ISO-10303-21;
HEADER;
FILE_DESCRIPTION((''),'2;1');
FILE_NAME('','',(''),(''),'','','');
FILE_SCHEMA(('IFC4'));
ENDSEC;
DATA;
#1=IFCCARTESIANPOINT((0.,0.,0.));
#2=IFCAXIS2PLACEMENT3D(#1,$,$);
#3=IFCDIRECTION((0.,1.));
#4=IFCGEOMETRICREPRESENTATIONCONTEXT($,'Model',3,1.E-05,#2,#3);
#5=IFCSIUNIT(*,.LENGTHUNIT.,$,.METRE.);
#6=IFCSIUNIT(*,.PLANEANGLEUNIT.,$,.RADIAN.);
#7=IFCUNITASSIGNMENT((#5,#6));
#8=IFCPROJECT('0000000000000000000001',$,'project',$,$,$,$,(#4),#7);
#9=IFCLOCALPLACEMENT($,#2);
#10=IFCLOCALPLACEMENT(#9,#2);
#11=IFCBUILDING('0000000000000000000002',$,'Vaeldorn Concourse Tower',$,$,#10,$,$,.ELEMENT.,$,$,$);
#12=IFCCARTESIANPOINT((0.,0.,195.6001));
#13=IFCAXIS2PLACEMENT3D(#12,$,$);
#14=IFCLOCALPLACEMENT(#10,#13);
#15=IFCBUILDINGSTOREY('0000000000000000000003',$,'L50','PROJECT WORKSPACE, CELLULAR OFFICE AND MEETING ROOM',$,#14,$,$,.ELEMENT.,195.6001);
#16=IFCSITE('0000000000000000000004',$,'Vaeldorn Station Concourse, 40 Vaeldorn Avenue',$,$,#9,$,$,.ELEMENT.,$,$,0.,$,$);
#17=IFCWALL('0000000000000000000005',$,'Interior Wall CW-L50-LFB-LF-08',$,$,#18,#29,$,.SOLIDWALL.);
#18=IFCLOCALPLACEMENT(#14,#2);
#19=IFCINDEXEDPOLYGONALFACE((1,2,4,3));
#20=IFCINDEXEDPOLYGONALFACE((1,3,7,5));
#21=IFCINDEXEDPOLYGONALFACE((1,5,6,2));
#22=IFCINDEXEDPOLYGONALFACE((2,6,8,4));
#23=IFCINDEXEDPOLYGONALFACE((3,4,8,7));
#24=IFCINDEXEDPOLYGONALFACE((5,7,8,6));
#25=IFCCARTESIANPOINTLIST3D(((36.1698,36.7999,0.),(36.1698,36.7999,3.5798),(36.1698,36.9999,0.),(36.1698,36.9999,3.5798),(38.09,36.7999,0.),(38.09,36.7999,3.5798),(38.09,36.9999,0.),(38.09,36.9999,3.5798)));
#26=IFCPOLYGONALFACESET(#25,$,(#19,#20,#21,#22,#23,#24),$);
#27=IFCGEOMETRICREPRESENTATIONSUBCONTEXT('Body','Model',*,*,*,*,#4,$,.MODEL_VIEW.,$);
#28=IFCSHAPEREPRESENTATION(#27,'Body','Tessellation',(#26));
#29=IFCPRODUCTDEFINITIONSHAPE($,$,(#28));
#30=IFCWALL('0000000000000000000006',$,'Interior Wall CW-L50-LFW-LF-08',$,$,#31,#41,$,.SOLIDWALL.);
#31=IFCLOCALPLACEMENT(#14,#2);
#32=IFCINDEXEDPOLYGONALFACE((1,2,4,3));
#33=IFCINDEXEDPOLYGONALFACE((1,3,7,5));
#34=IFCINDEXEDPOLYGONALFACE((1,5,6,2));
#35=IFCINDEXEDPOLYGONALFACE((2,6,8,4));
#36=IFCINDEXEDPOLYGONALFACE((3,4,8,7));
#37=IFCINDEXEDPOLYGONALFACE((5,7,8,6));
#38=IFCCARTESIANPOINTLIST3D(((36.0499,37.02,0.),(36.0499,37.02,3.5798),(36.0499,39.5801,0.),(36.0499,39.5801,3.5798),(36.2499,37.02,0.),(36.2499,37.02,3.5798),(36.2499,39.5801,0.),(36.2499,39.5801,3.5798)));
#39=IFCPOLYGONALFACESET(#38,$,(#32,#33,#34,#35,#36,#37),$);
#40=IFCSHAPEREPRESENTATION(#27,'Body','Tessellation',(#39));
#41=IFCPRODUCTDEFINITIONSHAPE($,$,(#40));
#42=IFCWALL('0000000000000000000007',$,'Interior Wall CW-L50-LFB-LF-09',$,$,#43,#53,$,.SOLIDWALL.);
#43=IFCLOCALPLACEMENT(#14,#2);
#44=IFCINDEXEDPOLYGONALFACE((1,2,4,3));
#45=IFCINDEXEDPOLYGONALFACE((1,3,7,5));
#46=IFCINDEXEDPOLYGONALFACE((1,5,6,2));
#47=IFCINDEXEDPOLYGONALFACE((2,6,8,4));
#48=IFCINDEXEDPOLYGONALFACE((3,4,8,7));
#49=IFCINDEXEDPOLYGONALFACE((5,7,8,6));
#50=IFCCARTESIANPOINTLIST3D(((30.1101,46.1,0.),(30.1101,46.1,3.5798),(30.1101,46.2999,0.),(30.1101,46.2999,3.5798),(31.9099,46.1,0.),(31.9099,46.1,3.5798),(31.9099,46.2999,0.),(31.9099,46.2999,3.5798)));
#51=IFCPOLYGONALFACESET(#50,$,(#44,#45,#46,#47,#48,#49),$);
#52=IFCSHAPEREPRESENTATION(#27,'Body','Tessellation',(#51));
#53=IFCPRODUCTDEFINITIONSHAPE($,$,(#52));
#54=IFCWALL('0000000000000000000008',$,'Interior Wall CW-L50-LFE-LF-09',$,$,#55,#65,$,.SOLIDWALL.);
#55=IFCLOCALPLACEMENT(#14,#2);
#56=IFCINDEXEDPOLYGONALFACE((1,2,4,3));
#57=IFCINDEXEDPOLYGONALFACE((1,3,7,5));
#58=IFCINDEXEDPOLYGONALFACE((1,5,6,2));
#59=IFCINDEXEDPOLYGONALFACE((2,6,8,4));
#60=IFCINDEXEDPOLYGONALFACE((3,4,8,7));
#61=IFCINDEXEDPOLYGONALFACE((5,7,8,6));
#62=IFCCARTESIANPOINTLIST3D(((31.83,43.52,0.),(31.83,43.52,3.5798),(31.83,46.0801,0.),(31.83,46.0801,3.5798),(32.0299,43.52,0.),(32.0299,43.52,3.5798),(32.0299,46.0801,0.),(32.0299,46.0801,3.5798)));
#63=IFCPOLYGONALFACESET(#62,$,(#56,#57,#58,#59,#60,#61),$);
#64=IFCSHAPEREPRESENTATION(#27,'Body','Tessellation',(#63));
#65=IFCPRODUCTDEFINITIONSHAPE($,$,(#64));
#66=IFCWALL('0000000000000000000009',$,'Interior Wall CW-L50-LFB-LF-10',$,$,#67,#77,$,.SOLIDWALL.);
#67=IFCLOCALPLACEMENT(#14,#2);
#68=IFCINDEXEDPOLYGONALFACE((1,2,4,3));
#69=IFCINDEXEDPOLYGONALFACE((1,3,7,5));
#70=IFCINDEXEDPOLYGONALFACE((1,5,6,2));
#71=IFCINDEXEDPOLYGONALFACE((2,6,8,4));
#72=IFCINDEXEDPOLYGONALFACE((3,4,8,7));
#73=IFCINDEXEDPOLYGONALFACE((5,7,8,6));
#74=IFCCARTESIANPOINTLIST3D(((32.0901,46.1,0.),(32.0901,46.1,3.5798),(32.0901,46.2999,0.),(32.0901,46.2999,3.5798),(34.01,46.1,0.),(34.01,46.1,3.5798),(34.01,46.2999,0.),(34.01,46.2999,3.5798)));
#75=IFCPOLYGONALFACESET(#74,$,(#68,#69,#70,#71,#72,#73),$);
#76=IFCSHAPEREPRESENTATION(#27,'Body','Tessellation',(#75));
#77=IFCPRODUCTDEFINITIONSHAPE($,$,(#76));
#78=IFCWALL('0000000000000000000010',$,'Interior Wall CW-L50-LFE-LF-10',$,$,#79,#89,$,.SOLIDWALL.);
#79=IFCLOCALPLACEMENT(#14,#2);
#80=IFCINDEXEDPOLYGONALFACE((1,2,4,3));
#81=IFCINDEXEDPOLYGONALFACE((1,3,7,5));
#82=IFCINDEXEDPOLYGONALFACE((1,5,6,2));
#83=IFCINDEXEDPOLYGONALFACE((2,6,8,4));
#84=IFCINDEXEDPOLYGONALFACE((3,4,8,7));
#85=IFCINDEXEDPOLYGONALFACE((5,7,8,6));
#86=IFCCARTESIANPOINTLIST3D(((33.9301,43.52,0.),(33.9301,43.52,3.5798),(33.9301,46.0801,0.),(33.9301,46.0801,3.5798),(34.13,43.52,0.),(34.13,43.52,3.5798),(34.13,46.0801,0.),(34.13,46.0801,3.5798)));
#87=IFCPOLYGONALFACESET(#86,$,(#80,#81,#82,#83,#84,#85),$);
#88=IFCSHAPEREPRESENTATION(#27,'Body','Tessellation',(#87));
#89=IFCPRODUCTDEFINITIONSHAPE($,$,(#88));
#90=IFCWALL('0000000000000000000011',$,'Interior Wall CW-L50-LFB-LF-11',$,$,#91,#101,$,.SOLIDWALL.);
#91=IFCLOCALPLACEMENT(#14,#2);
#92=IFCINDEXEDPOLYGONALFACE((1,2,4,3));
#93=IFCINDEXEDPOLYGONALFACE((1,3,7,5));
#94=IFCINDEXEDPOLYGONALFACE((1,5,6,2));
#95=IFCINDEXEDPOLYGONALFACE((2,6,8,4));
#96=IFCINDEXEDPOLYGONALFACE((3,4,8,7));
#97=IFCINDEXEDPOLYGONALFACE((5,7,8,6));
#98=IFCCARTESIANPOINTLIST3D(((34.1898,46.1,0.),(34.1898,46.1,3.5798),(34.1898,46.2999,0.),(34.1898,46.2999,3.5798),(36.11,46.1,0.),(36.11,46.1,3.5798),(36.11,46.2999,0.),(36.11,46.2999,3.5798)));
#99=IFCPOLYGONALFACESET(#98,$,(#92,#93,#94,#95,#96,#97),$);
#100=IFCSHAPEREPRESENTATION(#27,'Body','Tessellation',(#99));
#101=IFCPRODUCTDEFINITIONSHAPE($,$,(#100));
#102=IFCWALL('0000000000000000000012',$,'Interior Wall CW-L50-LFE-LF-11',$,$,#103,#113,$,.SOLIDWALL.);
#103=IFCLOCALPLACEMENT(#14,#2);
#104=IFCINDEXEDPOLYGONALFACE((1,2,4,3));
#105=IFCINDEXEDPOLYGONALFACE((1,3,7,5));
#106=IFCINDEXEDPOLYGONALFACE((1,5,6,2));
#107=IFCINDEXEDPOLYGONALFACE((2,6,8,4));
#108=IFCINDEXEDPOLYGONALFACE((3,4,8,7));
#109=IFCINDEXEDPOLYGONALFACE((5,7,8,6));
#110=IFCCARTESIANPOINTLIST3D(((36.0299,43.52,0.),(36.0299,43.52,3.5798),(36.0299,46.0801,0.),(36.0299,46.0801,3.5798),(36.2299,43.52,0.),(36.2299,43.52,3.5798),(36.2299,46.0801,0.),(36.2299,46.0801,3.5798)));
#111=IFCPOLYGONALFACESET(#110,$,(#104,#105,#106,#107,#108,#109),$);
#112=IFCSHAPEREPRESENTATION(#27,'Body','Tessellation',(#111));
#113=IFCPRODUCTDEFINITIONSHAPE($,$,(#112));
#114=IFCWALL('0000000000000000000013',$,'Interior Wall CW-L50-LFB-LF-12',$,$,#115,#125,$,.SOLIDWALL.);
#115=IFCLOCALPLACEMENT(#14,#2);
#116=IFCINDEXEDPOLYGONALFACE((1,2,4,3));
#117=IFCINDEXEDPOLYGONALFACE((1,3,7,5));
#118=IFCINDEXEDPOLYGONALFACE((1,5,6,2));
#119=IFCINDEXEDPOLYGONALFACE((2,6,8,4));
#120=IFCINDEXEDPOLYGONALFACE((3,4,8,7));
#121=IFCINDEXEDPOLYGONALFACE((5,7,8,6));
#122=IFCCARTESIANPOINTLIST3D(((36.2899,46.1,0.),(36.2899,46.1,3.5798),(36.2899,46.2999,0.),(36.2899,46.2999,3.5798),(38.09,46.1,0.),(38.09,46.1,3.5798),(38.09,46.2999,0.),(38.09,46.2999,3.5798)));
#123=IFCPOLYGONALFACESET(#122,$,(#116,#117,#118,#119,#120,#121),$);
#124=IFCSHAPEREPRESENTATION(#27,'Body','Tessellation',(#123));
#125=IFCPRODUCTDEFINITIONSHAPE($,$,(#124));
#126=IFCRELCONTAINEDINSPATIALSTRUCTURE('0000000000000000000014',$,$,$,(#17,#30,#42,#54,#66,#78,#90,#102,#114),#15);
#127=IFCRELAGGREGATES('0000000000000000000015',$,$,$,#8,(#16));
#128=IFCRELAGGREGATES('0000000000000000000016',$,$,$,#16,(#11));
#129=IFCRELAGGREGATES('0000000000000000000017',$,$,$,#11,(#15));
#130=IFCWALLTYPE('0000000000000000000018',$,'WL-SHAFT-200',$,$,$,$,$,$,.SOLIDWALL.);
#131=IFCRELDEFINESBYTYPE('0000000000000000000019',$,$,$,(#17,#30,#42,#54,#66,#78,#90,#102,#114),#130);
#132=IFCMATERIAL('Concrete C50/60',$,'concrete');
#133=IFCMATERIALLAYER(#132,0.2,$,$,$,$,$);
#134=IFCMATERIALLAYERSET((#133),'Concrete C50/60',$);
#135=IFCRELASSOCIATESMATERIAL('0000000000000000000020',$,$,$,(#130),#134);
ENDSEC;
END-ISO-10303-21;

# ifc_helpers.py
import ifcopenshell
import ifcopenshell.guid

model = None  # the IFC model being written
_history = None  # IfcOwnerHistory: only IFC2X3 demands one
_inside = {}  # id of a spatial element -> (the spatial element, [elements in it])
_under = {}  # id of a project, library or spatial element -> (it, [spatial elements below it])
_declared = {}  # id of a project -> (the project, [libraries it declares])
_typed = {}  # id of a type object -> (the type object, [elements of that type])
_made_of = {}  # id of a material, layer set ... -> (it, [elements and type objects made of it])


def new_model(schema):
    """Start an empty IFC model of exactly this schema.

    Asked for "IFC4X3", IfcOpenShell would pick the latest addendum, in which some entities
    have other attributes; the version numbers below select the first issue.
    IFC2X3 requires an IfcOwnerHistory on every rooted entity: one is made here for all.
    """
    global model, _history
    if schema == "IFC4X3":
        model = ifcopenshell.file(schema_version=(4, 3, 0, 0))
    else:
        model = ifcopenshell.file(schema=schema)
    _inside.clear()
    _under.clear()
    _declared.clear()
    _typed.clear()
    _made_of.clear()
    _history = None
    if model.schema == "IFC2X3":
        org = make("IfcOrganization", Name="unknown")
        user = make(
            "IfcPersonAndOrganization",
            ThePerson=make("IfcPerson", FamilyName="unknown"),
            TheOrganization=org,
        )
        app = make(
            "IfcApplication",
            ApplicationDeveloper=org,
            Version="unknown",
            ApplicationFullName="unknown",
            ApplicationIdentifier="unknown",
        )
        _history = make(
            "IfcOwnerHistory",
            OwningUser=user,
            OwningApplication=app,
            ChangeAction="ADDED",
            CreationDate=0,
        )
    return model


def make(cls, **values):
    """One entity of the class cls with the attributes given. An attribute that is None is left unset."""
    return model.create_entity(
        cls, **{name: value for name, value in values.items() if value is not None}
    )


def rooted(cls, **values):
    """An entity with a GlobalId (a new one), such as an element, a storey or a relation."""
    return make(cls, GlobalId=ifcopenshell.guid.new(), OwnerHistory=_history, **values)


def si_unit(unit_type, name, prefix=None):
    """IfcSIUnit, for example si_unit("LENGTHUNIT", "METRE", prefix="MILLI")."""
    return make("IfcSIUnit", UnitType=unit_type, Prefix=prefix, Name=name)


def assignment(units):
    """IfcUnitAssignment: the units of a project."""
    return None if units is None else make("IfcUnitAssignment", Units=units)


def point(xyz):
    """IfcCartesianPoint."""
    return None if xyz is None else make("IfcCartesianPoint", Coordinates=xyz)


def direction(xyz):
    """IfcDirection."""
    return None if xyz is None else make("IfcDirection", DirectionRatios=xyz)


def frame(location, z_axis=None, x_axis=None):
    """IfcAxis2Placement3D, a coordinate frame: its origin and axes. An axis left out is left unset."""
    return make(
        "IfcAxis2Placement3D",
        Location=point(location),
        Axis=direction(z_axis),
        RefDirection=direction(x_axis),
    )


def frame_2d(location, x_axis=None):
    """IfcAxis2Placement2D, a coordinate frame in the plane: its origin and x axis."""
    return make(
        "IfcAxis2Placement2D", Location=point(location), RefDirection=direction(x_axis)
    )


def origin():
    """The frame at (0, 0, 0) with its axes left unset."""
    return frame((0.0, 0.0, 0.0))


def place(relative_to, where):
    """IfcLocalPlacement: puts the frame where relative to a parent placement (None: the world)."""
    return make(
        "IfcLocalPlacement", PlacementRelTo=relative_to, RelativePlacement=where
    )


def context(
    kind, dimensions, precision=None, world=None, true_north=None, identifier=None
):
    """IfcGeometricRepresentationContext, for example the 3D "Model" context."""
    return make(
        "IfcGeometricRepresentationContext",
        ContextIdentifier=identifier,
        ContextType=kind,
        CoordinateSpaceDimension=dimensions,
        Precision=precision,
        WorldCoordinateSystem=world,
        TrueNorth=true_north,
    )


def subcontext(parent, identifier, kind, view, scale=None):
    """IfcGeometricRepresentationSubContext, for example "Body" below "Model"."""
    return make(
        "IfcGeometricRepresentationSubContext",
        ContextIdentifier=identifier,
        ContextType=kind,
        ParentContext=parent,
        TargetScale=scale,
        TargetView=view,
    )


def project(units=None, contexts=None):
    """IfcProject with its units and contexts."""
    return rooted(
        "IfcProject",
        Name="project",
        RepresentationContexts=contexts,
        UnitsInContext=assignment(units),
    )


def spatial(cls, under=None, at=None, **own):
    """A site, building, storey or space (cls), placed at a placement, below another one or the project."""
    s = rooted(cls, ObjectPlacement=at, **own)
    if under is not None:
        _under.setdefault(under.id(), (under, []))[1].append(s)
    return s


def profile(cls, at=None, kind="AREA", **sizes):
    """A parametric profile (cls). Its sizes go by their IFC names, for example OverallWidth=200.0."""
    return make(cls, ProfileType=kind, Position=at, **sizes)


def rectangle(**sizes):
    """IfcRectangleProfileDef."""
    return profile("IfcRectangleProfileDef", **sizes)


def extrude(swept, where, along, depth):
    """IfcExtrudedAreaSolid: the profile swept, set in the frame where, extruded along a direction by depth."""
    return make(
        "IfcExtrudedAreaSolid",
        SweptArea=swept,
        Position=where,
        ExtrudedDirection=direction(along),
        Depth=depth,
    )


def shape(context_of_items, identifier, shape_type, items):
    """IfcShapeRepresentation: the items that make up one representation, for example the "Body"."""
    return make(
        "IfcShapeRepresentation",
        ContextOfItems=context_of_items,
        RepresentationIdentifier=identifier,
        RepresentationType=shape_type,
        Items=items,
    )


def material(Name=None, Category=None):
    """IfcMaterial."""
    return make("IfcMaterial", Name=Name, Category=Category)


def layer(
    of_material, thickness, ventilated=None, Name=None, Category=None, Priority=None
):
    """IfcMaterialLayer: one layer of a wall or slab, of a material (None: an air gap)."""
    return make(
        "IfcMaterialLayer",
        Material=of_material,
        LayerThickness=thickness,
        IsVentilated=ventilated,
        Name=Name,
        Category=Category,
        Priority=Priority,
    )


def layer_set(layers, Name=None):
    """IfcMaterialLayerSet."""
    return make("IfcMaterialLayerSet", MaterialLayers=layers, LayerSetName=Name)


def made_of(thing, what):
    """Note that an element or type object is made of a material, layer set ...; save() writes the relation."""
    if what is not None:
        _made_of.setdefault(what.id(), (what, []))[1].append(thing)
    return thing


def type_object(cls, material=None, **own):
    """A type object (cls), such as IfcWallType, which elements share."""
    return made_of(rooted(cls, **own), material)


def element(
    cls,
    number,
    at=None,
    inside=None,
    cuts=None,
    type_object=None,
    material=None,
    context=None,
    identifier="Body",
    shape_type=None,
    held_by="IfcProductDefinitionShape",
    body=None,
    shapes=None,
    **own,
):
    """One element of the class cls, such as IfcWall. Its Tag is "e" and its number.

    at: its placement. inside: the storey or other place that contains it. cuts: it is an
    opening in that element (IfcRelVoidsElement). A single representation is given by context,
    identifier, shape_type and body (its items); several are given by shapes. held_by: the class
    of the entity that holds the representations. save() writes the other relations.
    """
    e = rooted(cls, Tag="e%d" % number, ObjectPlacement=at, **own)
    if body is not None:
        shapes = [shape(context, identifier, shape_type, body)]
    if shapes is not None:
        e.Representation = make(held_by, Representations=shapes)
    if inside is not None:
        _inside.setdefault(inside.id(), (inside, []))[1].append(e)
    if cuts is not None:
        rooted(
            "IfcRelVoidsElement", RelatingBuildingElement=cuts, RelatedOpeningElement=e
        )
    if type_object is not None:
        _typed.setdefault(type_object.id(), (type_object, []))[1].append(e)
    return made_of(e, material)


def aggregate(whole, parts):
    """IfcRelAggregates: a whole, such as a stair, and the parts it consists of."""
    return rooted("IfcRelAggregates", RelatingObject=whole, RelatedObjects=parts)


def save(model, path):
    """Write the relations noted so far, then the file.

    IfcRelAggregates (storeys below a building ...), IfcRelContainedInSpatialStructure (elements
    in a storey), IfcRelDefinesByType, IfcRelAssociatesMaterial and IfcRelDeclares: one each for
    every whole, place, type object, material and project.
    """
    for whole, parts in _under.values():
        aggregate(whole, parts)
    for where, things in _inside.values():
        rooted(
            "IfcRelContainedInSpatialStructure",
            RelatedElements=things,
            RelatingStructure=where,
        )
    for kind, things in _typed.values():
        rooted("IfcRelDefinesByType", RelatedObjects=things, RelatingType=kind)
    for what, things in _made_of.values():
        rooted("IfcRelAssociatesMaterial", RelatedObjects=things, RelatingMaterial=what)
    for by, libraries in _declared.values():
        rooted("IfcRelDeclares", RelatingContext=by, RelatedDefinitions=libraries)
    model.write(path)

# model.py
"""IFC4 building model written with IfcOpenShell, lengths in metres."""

from ifc_helpers import new_model, si_unit, direction, frame, frame_2d, origin, place, context, subcontext, project, spatial, rectangle, extrude, material, layer, layer_set, type_object, element, save


model = new_model("IFC4")

# Units and contexts
model_context = context("Model", 3, precision=1e-05, world=origin(), true_north=direction((0.0, 1.0)))
body_context = subcontext(model_context, "Body", "Model", "MODEL_VIEW")
ifc_project = project(units=[si_unit("LENGTHUNIT", "METRE"), si_unit("PLANEANGLEUNIT", "RADIAN")], contexts=[model_context])

# Site, building, storey
site_placement = place(None, origin())
site = spatial("IfcSite", under=ifc_project, at=site_placement, Name="Vaeldorn Station Concourse, 40 Vaeldorn Avenue", CompositionType="ELEMENT", RefElevation=0.0)
building_placement = place(site_placement, origin())
building = spatial("IfcBuilding", under=site, at=building_placement, Name="Vaeldorn Concourse Tower", CompositionType="ELEMENT")
storey_placement = place(building_placement, frame((0.0, 0.0, 195.6001)))
storey = spatial("IfcBuildingStorey", under=building, at=storey_placement, Name="L50", Description="PROJECT WORKSPACE, CELLULAR OFFICE AND MEETING ROOM", CompositionType="ELEMENT", Elevation=195.6001)

# Shared definitions
ifc_material_1 = material(Name="Concrete C50/60", Category="concrete")

# Shared definitions
ifc_layer_1 = layer(ifc_material_1, 0.2)
ifc_layer_set_1 = layer_set([ifc_layer_1], Name="Concrete C50/60")
wall_type_1 = type_object("IfcWallType", Name="WL-SHAFT-200", PredefinedType="SOLIDWALL", material=ifc_layer_set_1)

# Walls
wall_1_placement = place(storey_placement, frame((36.1699, 36.8999, 0.0), z_axis=(0.0, 0.0, 1.0), x_axis=(1.0, 0.0, 0.0)))
element("IfcWall", 1, at=wall_1_placement, inside=storey, type_object=wall_type_1, Name="Interior Wall CW-L50-LFB-LF-08", PredefinedType="SOLIDWALL", context=body_context, shape_type="SweptSolid", body=[
    extrude(rectangle(XDim=1.9202, YDim=0.2, at=frame_2d((0.96, 0.0))), origin(), (0.0, 0.0, 1.0), 3.5798),
])
wall_2_placement = place(storey_placement, frame((36.1499, 37.02, 0.0), z_axis=(0.0, 0.0, 1.0), x_axis=(0.0, 1.0, 0.0)))
element("IfcWall", 2, at=wall_2_placement, inside=storey, type_object=wall_type_1, Name="Interior Wall CW-L50-LFW-LF-08", PredefinedType="SOLIDWALL", context=body_context, shape_type="SweptSolid", body=[
    extrude(rectangle(XDim=2.5601, YDim=0.2, at=frame_2d((1.28, 0.0))), origin(), (0.0, 0.0, 1.0), 3.5798),
])

# Walls
wall_3_placement = place(storey_placement, frame((30.1101, 46.2, 0.0), z_axis=(0.0, 0.0, 1.0), x_axis=(1.0, 0.0, 0.0)))
element("IfcWall", 3, at=wall_3_placement, inside=storey, type_object=wall_type_1, Name="Interior Wall CW-L50-LFB-LF-09", PredefinedType="SOLIDWALL", context=body_context, shape_type="SweptSolid", body=[
    extrude(rectangle(XDim=1.7998, YDim=0.2, at=frame_2d((0.8999, 0.0))), origin(), (0.0, 0.0, 1.0), 3.5798),
])
wall_4_placement = place(storey_placement, frame((31.9299, 43.52, 0.0), z_axis=(0.0, 0.0, 1.0), x_axis=(0.0, 1.0, 0.0)))
element("IfcWall", 4, at=wall_4_placement, inside=storey, type_object=wall_type_1, Name="Interior Wall CW-L50-LFE-LF-09", PredefinedType="SOLIDWALL", context=body_context, shape_type="SweptSolid", body=[
    extrude(rectangle(XDim=2.5601, YDim=0.2, at=frame_2d((1.28, 0.0))), origin(), (0.0, 0.0, 1.0), 3.5798),
])

# Walls
wall_5_placement = place(storey_placement, frame((32.0901, 46.2, 0.0), z_axis=(0.0, 0.0, 1.0), x_axis=(1.0, 0.0, 0.0)))
element("IfcWall", 5, at=wall_5_placement, inside=storey, type_object=wall_type_1, Name="Interior Wall CW-L50-LFB-LF-10", PredefinedType="SOLIDWALL", context=body_context, shape_type="SweptSolid", body=[
    extrude(rectangle(XDim=1.9199, YDim=0.2, at=frame_2d((0.96, 0.0))), origin(), (0.0, 0.0, 1.0), 3.5798),
])
wall_6_placement = place(storey_placement, frame((34.03, 43.52, 0.0), z_axis=(0.0, 0.0, 1.0), x_axis=(0.0, 1.0, 0.0)))
element("IfcWall", 6, at=wall_6_placement, inside=storey, type_object=wall_type_1, Name="Interior Wall CW-L50-LFE-LF-10", PredefinedType="SOLIDWALL", context=body_context, shape_type="SweptSolid", body=[
    extrude(rectangle(XDim=2.5601, YDim=0.2, at=frame_2d((1.28, 0.0))), origin(), (0.0, 0.0, 1.0), 3.5798),
])

# Walls
wall_7_placement = place(storey_placement, frame((34.1899, 46.2, 0.0), z_axis=(0.0, 0.0, 1.0), x_axis=(1.0, 0.0, 0.0)))
element("IfcWall", 7, at=wall_7_placement, inside=storey, type_object=wall_type_1, Name="Interior Wall CW-L50-LFB-LF-11", PredefinedType="SOLIDWALL", context=body_context, shape_type="SweptSolid", body=[
    extrude(rectangle(XDim=1.9202, YDim=0.2, at=frame_2d((0.96, 0.0))), origin(), (0.0, 0.0, 1.0), 3.5798),
])
wall_8_placement = place(storey_placement, frame((36.1299, 43.52, 0.0), z_axis=(0.0, 0.0, 1.0), x_axis=(0.0, 1.0, 0.0)))
element("IfcWall", 8, at=wall_8_placement, inside=storey, type_object=wall_type_1, Name="Interior Wall CW-L50-LFE-LF-11", PredefinedType="SOLIDWALL", context=body_context, shape_type="SweptSolid", body=[
    extrude(rectangle(XDim=2.5601, YDim=0.2, at=frame_2d((1.28, 0.0))), origin(), (0.0, 0.0, 1.0), 3.5798),
])

# Wall
wall_9_placement = place(storey_placement, frame((36.29, 46.2, 0.0), z_axis=(0.0, 0.0, 1.0), x_axis=(1.0, 0.0, 0.0)))
element("IfcWall", 9, at=wall_9_placement, inside=storey, type_object=wall_type_1, Name="Interior Wall CW-L50-LFB-LF-12", PredefinedType="SOLIDWALL", context=body_context, shape_type="SweptSolid", body=[
    extrude(rectangle(XDim=1.8, YDim=0.2, at=frame_2d((0.8999, 0.0))), origin(), (0.0, 0.0, 1.0), 3.5798),
])

save(model, "model.ifc")
